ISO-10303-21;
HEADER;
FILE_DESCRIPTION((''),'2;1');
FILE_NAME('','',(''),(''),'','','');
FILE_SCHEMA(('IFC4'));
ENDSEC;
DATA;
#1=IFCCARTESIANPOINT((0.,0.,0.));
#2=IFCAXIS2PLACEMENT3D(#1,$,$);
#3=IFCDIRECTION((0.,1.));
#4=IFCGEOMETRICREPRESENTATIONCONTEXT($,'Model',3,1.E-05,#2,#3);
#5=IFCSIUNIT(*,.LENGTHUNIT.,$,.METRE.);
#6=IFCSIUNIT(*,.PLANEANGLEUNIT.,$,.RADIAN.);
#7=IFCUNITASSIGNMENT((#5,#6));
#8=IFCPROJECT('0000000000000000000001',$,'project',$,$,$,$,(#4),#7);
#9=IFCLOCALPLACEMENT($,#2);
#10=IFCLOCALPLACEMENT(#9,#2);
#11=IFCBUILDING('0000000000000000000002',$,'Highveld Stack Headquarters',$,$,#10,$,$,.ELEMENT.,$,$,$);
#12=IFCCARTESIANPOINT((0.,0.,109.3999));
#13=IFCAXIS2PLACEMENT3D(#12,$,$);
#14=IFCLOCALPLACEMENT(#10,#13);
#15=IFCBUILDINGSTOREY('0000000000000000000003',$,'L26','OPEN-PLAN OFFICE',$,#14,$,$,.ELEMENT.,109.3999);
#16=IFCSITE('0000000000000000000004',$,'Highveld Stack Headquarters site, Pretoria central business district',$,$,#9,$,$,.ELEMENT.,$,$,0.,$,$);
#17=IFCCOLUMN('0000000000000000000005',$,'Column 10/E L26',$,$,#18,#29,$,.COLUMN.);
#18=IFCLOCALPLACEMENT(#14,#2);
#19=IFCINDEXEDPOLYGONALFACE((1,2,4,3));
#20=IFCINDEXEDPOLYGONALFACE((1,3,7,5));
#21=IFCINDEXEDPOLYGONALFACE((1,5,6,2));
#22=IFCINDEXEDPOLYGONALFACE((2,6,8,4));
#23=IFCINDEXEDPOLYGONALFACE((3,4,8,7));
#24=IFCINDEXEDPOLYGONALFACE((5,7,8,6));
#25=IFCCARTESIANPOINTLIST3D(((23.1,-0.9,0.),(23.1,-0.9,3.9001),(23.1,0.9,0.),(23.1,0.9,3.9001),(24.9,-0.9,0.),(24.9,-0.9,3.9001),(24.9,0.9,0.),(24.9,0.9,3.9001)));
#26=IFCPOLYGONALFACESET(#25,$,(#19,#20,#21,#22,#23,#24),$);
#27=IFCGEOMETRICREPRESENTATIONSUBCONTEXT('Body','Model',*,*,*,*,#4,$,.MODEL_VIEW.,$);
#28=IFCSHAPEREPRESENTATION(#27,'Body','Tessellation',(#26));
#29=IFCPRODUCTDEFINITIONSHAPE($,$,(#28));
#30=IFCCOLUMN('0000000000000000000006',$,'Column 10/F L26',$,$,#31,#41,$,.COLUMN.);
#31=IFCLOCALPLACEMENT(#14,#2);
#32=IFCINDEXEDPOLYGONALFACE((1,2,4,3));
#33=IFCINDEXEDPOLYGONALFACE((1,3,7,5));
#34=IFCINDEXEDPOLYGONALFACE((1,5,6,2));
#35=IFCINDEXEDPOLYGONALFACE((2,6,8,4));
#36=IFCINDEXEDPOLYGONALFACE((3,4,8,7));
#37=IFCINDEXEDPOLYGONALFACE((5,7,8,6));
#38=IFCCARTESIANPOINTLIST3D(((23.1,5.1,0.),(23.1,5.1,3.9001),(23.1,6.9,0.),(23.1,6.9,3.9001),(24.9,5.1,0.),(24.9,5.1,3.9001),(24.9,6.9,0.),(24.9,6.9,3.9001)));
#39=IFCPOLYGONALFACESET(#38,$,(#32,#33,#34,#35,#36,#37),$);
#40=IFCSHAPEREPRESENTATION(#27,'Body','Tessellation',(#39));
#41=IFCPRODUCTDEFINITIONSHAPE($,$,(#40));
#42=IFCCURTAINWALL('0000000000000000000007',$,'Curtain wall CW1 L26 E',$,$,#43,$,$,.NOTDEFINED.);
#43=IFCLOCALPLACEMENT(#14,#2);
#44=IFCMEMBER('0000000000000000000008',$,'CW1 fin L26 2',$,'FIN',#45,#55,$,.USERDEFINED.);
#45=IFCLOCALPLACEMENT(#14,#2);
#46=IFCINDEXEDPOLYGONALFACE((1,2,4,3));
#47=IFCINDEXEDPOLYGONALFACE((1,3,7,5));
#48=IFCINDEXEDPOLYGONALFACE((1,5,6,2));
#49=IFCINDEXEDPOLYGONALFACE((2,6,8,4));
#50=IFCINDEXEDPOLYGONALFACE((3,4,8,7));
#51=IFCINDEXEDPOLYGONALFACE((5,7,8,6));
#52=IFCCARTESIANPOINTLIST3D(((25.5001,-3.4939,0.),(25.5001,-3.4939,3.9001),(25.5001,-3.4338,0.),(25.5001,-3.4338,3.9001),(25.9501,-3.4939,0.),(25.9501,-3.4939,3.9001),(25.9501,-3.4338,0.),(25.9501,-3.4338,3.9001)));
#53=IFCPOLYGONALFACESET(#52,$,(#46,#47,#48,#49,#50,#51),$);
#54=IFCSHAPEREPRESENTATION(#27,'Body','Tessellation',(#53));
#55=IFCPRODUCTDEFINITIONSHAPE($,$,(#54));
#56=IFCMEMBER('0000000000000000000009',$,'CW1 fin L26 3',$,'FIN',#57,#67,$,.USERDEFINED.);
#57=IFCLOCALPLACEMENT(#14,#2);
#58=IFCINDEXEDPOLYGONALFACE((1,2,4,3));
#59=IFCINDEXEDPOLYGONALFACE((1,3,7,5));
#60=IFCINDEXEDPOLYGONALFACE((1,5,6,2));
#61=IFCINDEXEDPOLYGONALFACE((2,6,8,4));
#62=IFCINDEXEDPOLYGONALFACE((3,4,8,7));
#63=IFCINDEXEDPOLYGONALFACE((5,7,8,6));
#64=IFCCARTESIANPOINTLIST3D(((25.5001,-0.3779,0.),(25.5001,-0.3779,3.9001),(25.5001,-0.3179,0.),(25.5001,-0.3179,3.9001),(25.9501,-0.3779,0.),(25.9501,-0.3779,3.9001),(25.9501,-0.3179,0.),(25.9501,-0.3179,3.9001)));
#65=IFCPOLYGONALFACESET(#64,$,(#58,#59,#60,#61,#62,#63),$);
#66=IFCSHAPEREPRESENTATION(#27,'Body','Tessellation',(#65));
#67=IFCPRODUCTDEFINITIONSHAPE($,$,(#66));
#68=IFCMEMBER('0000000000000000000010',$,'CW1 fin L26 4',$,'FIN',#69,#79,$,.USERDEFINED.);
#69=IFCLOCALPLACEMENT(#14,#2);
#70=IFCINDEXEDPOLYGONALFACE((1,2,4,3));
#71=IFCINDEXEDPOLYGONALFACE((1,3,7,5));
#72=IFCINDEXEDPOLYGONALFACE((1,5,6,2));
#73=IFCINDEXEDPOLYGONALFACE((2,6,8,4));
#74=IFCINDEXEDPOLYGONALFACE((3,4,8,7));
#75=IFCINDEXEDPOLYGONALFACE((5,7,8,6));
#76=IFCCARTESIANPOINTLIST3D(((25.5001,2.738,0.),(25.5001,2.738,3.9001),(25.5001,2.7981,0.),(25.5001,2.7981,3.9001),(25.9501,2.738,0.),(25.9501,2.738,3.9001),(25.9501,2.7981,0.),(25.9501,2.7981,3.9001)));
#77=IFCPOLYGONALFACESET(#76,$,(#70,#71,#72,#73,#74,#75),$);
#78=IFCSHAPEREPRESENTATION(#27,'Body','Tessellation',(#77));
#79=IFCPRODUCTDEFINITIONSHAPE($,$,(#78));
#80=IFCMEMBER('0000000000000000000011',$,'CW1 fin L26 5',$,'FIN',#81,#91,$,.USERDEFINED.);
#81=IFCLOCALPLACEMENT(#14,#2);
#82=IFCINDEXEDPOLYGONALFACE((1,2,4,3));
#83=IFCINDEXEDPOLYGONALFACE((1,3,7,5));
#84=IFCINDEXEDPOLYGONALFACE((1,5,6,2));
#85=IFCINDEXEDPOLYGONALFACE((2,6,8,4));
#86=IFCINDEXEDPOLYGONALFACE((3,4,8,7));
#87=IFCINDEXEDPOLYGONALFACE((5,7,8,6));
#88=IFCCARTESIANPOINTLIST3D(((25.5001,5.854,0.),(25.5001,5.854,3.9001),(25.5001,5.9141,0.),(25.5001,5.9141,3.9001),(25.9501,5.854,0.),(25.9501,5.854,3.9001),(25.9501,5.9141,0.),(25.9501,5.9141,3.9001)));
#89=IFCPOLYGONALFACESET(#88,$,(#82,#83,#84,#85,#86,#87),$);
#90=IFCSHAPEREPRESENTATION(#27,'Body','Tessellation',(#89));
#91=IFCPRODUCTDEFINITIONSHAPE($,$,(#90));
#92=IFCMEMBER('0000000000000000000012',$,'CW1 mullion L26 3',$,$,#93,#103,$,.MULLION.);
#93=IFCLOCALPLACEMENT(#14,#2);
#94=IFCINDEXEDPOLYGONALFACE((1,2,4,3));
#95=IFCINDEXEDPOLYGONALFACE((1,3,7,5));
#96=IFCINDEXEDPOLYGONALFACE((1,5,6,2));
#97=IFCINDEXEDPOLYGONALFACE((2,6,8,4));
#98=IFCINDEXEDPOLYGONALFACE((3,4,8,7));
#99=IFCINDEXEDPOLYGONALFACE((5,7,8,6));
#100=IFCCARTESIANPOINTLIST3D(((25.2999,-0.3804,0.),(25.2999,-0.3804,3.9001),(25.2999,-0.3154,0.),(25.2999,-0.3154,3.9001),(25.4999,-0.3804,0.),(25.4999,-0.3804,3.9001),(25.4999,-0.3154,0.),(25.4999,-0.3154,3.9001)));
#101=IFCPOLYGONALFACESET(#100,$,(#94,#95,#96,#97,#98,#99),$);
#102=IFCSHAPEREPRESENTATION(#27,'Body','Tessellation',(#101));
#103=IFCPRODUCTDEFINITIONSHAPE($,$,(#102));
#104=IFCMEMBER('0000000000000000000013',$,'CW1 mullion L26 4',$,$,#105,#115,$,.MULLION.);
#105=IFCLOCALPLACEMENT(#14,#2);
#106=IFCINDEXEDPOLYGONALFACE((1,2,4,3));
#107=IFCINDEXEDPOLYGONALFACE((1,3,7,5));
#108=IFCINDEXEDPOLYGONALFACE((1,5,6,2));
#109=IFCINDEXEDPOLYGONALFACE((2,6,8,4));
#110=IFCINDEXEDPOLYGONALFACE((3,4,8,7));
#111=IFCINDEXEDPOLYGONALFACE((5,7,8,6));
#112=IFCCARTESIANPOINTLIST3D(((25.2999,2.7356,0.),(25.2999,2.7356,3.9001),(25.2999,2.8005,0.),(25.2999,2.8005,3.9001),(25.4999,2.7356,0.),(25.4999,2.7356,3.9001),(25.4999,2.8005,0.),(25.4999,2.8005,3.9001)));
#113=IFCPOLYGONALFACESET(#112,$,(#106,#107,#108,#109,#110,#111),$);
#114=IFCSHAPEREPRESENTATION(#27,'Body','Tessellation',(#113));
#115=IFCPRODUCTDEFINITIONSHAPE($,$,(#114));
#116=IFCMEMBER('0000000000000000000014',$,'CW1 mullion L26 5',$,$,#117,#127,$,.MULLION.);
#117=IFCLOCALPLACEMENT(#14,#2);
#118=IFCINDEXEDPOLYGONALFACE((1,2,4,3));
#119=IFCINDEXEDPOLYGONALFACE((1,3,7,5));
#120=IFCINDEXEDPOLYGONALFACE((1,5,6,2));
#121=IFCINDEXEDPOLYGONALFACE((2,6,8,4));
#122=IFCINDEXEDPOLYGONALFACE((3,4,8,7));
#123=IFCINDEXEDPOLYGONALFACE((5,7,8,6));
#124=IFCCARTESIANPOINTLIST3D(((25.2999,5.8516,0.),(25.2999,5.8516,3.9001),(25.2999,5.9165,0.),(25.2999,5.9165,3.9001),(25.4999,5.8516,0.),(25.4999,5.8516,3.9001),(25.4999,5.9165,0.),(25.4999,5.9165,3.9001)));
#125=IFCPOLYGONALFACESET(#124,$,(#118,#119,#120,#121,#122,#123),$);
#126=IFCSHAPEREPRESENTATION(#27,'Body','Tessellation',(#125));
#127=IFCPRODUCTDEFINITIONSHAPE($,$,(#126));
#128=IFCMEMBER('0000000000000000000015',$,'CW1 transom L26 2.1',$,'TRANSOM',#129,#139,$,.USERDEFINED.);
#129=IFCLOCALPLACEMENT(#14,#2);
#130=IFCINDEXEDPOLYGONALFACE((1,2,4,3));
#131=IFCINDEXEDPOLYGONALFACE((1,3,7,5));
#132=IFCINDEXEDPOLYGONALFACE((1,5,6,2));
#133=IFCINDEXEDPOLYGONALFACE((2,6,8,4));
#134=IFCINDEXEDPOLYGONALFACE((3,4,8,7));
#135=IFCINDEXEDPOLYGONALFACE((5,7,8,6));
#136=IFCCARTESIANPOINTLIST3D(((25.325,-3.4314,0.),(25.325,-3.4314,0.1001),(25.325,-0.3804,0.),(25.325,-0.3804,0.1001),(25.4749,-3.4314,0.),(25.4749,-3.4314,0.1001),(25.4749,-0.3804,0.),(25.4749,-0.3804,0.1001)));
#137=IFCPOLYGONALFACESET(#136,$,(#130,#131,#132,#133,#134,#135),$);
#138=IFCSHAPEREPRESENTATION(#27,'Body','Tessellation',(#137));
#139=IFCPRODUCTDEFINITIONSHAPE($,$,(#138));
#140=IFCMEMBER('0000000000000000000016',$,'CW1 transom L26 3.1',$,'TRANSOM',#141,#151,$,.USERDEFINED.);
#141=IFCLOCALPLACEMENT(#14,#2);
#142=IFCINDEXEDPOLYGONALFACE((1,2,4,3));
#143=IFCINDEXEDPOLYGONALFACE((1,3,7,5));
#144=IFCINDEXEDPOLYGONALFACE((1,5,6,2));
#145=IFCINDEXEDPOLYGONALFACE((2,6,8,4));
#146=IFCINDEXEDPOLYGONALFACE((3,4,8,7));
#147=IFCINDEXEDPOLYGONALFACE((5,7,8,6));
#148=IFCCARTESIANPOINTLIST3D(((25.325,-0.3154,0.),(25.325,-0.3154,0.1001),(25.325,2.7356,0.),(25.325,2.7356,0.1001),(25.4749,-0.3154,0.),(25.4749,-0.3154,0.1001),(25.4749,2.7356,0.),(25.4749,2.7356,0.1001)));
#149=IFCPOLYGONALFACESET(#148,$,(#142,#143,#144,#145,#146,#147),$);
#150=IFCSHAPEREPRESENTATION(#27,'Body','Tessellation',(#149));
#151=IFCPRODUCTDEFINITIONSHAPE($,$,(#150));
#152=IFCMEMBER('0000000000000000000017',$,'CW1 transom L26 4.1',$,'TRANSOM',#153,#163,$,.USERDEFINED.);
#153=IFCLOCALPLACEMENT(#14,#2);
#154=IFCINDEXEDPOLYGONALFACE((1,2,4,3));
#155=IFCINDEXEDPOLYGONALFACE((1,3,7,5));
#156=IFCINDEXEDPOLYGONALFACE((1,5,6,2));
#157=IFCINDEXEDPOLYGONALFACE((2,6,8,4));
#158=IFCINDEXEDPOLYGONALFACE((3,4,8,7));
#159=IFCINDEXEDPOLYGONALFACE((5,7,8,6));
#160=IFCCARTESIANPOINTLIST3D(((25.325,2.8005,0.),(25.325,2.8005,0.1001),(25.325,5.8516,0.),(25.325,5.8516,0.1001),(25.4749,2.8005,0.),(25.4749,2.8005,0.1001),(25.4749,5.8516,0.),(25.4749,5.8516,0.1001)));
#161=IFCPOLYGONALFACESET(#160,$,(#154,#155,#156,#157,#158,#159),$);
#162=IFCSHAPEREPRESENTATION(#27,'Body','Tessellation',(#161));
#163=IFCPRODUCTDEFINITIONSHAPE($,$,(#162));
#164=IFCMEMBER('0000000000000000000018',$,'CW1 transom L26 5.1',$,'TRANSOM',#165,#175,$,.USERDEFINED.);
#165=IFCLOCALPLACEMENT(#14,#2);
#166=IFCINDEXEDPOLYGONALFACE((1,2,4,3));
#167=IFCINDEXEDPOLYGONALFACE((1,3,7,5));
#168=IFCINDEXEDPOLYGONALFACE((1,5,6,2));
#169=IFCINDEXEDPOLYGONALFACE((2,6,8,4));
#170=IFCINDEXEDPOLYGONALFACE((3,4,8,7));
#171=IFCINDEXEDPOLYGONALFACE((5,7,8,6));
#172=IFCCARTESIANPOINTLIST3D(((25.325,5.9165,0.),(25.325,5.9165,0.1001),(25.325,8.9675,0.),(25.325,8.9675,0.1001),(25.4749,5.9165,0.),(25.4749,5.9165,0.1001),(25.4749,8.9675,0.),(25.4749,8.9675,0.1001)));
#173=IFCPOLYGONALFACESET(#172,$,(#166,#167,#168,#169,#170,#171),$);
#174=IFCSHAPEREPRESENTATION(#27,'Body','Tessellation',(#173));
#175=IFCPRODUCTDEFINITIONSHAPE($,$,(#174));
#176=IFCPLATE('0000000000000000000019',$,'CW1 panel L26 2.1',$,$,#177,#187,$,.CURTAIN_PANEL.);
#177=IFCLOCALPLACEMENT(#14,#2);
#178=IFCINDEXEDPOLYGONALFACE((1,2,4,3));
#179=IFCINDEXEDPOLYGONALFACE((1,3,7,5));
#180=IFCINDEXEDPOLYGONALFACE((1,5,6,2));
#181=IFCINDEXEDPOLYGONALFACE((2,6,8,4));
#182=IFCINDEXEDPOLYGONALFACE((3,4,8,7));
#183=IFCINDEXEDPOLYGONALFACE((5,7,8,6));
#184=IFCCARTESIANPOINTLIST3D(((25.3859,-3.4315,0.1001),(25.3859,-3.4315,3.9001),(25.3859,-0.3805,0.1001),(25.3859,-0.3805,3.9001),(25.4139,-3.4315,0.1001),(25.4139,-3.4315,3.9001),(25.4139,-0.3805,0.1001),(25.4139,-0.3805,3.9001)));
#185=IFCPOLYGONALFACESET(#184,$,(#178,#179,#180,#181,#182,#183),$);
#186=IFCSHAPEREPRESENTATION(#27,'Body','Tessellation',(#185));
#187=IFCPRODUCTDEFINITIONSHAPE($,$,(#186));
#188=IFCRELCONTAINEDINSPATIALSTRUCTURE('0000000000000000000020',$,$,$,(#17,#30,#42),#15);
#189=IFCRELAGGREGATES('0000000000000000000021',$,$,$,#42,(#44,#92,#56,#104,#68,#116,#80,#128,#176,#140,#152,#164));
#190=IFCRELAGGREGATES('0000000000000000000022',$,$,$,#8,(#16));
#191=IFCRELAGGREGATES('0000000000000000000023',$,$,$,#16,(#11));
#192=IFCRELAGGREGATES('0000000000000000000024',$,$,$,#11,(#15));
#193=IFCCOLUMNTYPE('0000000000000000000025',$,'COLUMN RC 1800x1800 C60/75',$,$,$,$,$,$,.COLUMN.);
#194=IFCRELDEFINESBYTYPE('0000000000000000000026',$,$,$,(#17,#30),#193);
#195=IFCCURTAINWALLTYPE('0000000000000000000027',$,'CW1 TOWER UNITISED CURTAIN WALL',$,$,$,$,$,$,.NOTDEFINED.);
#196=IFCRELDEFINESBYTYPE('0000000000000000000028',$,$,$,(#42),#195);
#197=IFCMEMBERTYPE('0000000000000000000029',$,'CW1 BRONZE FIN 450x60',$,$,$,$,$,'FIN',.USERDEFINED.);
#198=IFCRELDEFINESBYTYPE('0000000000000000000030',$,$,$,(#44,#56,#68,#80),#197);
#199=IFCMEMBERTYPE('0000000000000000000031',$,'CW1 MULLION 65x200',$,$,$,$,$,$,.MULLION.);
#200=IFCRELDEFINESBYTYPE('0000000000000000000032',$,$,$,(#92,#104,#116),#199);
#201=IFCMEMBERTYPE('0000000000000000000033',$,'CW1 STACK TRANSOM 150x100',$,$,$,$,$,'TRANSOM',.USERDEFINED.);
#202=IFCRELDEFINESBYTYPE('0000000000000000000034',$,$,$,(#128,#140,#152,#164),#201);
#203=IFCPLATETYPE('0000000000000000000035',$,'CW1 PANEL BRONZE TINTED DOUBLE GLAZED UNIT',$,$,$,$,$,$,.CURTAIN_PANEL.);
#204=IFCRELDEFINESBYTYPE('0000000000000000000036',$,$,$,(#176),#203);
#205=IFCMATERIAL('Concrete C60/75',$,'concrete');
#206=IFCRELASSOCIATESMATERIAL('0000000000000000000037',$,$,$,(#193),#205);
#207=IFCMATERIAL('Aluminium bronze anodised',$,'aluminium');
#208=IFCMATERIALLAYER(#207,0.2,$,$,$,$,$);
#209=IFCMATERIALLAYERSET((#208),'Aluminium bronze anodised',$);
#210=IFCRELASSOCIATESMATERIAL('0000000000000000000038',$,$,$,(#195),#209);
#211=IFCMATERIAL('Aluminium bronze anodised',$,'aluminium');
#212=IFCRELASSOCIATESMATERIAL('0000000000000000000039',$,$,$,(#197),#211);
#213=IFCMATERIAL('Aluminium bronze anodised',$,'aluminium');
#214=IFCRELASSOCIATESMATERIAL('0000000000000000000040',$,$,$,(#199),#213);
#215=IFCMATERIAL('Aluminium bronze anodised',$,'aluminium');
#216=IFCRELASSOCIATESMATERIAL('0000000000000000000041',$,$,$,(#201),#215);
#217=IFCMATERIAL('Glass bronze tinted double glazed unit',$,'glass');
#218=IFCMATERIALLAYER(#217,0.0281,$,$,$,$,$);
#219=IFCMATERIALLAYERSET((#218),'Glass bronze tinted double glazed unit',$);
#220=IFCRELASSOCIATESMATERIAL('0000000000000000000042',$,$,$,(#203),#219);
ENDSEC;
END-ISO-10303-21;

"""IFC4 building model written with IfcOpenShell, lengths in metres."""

from ifc_helpers import new_model, si_unit, direction, frame, origin, origin_2d, place, context, subcontext, project, spatial, rectangle, extrude, material, layer, layer_set, material_profile, profile_set, type_object, element, aggregate, save


model = new_model("IFC4")

# Units and contexts
model_context = context("Model", 3, precision=1e-05, world=origin(), true_north=direction((0.0, 1.0)))
body_context = subcontext(model_context, "Body", "Model", "MODEL_VIEW")
ifc_project = project(units=[si_unit("LENGTHUNIT", "METRE"), si_unit("PLANEANGLEUNIT", "RADIAN")], contexts=[model_context])

# Site, building, storey
site_placement = place(None, origin())
site = spatial("IfcSite", under=ifc_project, at=site_placement, Name="Highveld Stack Headquarters site, Pretoria central business district", CompositionType="ELEMENT", RefElevation=0.0)
building_placement = place(site_placement, origin())
building = spatial("IfcBuilding", under=site, at=building_placement, Name="Highveld Stack Headquarters", CompositionType="ELEMENT")
storey_placement = place(building_placement, frame((0.0, 0.0, 109.3999)))
storey = spatial("IfcBuildingStorey", under=building, at=storey_placement, Name="L26", Description="OPEN-PLAN OFFICE", CompositionType="ELEMENT", Elevation=109.3999)

# Columns
ifc_material_1 = material(Name="Concrete C60/75", Category="concrete")
ifc_material_profile_1 = material_profile(ifc_material_1, rectangle(XDim=1.8, YDim=1.8, at=origin_2d()), Name="RC 1800x1800")
ifc_profile_set_1 = profile_set([ifc_material_profile_1], Name="Concrete C60/75")
column_type = type_object("IfcColumnType", Name="COLUMN RC 1800x1800 C60/75", PredefinedType="COLUMN", material=ifc_profile_set_1)
for number, where, z_axis, x_axis, name in (
    (1, (24.0, 0.0, 0.0), (0.0, 0.0, 1.0), (1.0, 0.0, 0.0), "Column 10/E L26"),
    (2, (24.0, 6.0, 0.0), (0.0, 0.0, 1.0), (1.0, 0.0, 0.0), "Column 10/F L26"),
):
    element("IfcColumn", number, at=place(storey_placement, frame(where, z_axis=z_axis, x_axis=x_axis)), inside=storey, type_object=column_type, Name=name, PredefinedType="COLUMN", context=body_context, shape_type="SweptSolid", body=[
        extrude(rectangle(XDim=1.8, YDim=1.8, at=origin_2d()), origin(), (0.0, 0.0, 1.0), 3.9001),
    ])

# Curtain wall, members, plate
ifc_material_2 = material(Name="Aluminium bronze anodised", Category="aluminium")
ifc_layer_1 = layer(ifc_material_2, 0.2)
ifc_layer_set_1 = layer_set([ifc_layer_1], Name="Aluminium bronze anodised")
curtain_wall_type = type_object("IfcCurtainWallType", Name="CW1 TOWER UNITISED CURTAIN WALL", PredefinedType="NOTDEFINED", material=ifc_layer_set_1)
curtain_wall_placement = place(storey_placement, origin())
curtain_wall = element("IfcCurtainWall", 3, at=curtain_wall_placement, inside=storey, type_object=curtain_wall_type, Name="Curtain wall CW1 L26 E", PredefinedType="NOTDEFINED")
ifc_material_3 = material(Name="Aluminium bronze anodised", Category="aluminium")
ifc_material_profile_2 = material_profile(ifc_material_3, rectangle(XDim=0.45, YDim=0.0601, at=origin_2d()), Name="FIN 450x60")
ifc_profile_set_2 = profile_set([ifc_material_profile_2], Name="Aluminium bronze anodised")
member_type_1 = type_object("IfcMemberType", Name="CW1 BRONZE FIN 450x60", ElementType="FIN", PredefinedType="USERDEFINED", material=ifc_profile_set_2)
member_1_placement = place(storey_placement, frame((25.7251, -3.4639, 0.0), z_axis=(0.0, 0.0, 1.0), x_axis=(-1.0, 0.0, 0.0)))
member_1 = element("IfcMember", 4, at=member_1_placement, type_object=member_type_1, Name="CW1 fin L26 2", ObjectType="FIN", PredefinedType="USERDEFINED", context=body_context, shape_type="SweptSolid", body=[
    extrude(rectangle(XDim=0.45, YDim=0.0601, at=origin_2d()), origin(), (0.0, 0.0, 1.0), 3.9001),
])
member_2_placement = place(storey_placement, frame((25.7251, -0.3479, 0.0), z_axis=(0.0, 0.0, 1.0), x_axis=(-1.0, 0.0, 0.0)))
member_2 = element("IfcMember", 5, at=member_2_placement, type_object=member_type_1, Name="CW1 fin L26 3", ObjectType="FIN", PredefinedType="USERDEFINED", context=body_context, shape_type="SweptSolid", body=[
    extrude(rectangle(XDim=0.45, YDim=0.0601, at=origin_2d()), origin(), (0.0, 0.0, 1.0), 3.9001),
])
member_3_placement = place(storey_placement, frame((25.7251, 2.7681, 0.0), z_axis=(0.0, 0.0, 1.0), x_axis=(-1.0, 0.0, 0.0)))
member_3 = element("IfcMember", 6, at=member_3_placement, type_object=member_type_1, Name="CW1 fin L26 4", ObjectType="FIN", PredefinedType="USERDEFINED", context=body_context, shape_type="SweptSolid", body=[
    extrude(rectangle(XDim=0.45, YDim=0.0601, at=origin_2d()), origin(), (0.0, 0.0, 1.0), 3.9001),
])
member_4_placement = place(storey_placement, frame((25.7251, 5.884, 0.0), z_axis=(0.0, 0.0, 1.0), x_axis=(-1.0, 0.0, 0.0)))
member_4 = element("IfcMember", 7, at=member_4_placement, type_object=member_type_1, Name="CW1 fin L26 5", ObjectType="FIN", PredefinedType="USERDEFINED", context=body_context, shape_type="SweptSolid", body=[
    extrude(rectangle(XDim=0.45, YDim=0.0601, at=origin_2d()), origin(), (0.0, 0.0, 1.0), 3.9001),
])
ifc_material_4 = material(Name="Aluminium bronze anodised", Category="aluminium")
ifc_material_profile_3 = material_profile(ifc_material_4, rectangle(XDim=0.2, YDim=0.0649, at=origin_2d()), Name="CW1 MULLION 65x200")
ifc_profile_set_3 = profile_set([ifc_material_profile_3], Name="Aluminium bronze anodised")
member_type_2 = type_object("IfcMemberType", Name="CW1 MULLION 65x200", PredefinedType="MULLION", material=ifc_profile_set_3)
member_5_placement = place(storey_placement, frame((25.3999, -0.3479, 0.0), z_axis=(0.0, 0.0, 1.0), x_axis=(-1.0, 0.0, 0.0)))
member_5 = element("IfcMember", 8, at=member_5_placement, type_object=member_type_2, Name="CW1 mullion L26 3", PredefinedType="MULLION", context=body_context, shape_type="SweptSolid", body=[
    extrude(rectangle(XDim=0.2, YDim=0.0649, at=origin_2d()), origin(), (0.0, 0.0, 1.0), 3.9001),
])
member_6_placement = place(storey_placement, frame((25.3999, 2.7681, 0.0), z_axis=(0.0, 0.0, 1.0), x_axis=(-1.0, 0.0, 0.0)))
member_6 = element("IfcMember", 9, at=member_6_placement, type_object=member_type_2, Name="CW1 mullion L26 4", PredefinedType="MULLION", context=body_context, shape_type="SweptSolid", body=[
    extrude(rectangle(XDim=0.2, YDim=0.0649, at=origin_2d()), origin(), (0.0, 0.0, 1.0), 3.9001),
])
member_7_placement = place(storey_placement, frame((25.3999, 5.884, 0.0), z_axis=(0.0, 0.0, 1.0), x_axis=(-1.0, 0.0, 0.0)))
member_7 = element("IfcMember", 10, at=member_7_placement, type_object=member_type_2, Name="CW1 mullion L26 5", PredefinedType="MULLION", context=body_context, shape_type="SweptSolid", body=[
    extrude(rectangle(XDim=0.2, YDim=0.0649, at=origin_2d()), origin(), (0.0, 0.0, 1.0), 3.9001),
])
ifc_material_5 = material(Name="Aluminium bronze anodised", Category="aluminium")
ifc_material_profile_4 = material_profile(ifc_material_5, rectangle(XDim=0.1499, YDim=0.1001, at=origin_2d()), Name="CW1 TRANSOM 150x100")
ifc_profile_set_4 = profile_set([ifc_material_profile_4], Name="Aluminium bronze anodised")
member_type_3 = type_object("IfcMemberType", Name="CW1 STACK TRANSOM 150x100", ElementType="TRANSOM", PredefinedType="USERDEFINED", material=ifc_profile_set_4)
member_8_placement = place(storey_placement, frame((25.3999, -3.4314, 0.05), z_axis=(0.0, 1.0, 0.0), x_axis=(-1.0, 0.0, 0.0)))
member_8 = element("IfcMember", 11, at=member_8_placement, type_object=member_type_3, Name="CW1 transom L26 2.1", ObjectType="TRANSOM", PredefinedType="USERDEFINED", context=body_context, shape_type="SweptSolid", body=[
    extrude(rectangle(XDim=0.1499, YDim=0.1001, at=origin_2d()), origin(), (0.0, 0.0, 1.0), 3.051),
])
member_9_placement = place(storey_placement, frame((25.3999, -0.3154, 0.05), z_axis=(0.0, 1.0, 0.0), x_axis=(-1.0, 0.0, 0.0)))
member_9 = element("IfcMember", 12, at=member_9_placement, type_object=member_type_3, Name="CW1 transom L26 3.1", ObjectType="TRANSOM", PredefinedType="USERDEFINED", context=body_context, shape_type="SweptSolid", body=[
    extrude(rectangle(XDim=0.1499, YDim=0.1001, at=origin_2d()), origin(), (0.0, 0.0, 1.0), 3.051),
])
member_10_placement = place(storey_placement, frame((25.3999, 2.8005, 0.05), z_axis=(0.0, 1.0, 0.0), x_axis=(-1.0, 0.0, 0.0)))
member_10 = element("IfcMember", 13, at=member_10_placement, type_object=member_type_3, Name="CW1 transom L26 4.1", ObjectType="TRANSOM", PredefinedType="USERDEFINED", context=body_context, shape_type="SweptSolid", body=[
    extrude(rectangle(XDim=0.1499, YDim=0.1001, at=origin_2d()), origin(), (0.0, 0.0, 1.0), 3.051),
])
member_11_placement = place(storey_placement, frame((25.3999, 5.9165, 0.05), z_axis=(0.0, 1.0, 0.0), x_axis=(-1.0, 0.0, 0.0)))
member_11 = element("IfcMember", 14, at=member_11_placement, type_object=member_type_3, Name="CW1 transom L26 5.1", ObjectType="TRANSOM", PredefinedType="USERDEFINED", context=body_context, shape_type="SweptSolid", body=[
    extrude(rectangle(XDim=0.1499, YDim=0.1001, at=origin_2d()), origin(), (0.0, 0.0, 1.0), 3.051),
])
ifc_material_6 = material(Name="Glass bronze tinted double glazed unit", Category="glass")
ifc_layer_2 = layer(ifc_material_6, 0.0281)
ifc_layer_set_2 = layer_set([ifc_layer_2], Name="Glass bronze tinted double glazed unit")
plate_type = type_object("IfcPlateType", Name="CW1 PANEL BRONZE TINTED DOUBLE GLAZED UNIT", PredefinedType="CURTAIN_PANEL", material=ifc_layer_set_2)
plate_1_placement = place(storey_placement, frame((25.3999, -1.906, 0.1001), z_axis=(0.0, 0.0, 1.0), x_axis=(0.0, 1.0, 0.0)))
plate_1 = element("IfcPlate", 15, at=plate_1_placement, type_object=plate_type, Name="CW1 panel L26 2.1", PredefinedType="CURTAIN_PANEL", context=body_context, shape_type="SweptSolid", body=[
    extrude(rectangle(XDim=3.051, YDim=0.0281, at=origin_2d()), origin(), (0.0, 0.0, 1.0), 3.8),
])
aggregate(curtain_wall, [member_1, member_5, member_2, member_6, member_3, member_7, member_4, member_8, plate_1, member_9, member_10, member_11])

save(model, "model.ifc")
